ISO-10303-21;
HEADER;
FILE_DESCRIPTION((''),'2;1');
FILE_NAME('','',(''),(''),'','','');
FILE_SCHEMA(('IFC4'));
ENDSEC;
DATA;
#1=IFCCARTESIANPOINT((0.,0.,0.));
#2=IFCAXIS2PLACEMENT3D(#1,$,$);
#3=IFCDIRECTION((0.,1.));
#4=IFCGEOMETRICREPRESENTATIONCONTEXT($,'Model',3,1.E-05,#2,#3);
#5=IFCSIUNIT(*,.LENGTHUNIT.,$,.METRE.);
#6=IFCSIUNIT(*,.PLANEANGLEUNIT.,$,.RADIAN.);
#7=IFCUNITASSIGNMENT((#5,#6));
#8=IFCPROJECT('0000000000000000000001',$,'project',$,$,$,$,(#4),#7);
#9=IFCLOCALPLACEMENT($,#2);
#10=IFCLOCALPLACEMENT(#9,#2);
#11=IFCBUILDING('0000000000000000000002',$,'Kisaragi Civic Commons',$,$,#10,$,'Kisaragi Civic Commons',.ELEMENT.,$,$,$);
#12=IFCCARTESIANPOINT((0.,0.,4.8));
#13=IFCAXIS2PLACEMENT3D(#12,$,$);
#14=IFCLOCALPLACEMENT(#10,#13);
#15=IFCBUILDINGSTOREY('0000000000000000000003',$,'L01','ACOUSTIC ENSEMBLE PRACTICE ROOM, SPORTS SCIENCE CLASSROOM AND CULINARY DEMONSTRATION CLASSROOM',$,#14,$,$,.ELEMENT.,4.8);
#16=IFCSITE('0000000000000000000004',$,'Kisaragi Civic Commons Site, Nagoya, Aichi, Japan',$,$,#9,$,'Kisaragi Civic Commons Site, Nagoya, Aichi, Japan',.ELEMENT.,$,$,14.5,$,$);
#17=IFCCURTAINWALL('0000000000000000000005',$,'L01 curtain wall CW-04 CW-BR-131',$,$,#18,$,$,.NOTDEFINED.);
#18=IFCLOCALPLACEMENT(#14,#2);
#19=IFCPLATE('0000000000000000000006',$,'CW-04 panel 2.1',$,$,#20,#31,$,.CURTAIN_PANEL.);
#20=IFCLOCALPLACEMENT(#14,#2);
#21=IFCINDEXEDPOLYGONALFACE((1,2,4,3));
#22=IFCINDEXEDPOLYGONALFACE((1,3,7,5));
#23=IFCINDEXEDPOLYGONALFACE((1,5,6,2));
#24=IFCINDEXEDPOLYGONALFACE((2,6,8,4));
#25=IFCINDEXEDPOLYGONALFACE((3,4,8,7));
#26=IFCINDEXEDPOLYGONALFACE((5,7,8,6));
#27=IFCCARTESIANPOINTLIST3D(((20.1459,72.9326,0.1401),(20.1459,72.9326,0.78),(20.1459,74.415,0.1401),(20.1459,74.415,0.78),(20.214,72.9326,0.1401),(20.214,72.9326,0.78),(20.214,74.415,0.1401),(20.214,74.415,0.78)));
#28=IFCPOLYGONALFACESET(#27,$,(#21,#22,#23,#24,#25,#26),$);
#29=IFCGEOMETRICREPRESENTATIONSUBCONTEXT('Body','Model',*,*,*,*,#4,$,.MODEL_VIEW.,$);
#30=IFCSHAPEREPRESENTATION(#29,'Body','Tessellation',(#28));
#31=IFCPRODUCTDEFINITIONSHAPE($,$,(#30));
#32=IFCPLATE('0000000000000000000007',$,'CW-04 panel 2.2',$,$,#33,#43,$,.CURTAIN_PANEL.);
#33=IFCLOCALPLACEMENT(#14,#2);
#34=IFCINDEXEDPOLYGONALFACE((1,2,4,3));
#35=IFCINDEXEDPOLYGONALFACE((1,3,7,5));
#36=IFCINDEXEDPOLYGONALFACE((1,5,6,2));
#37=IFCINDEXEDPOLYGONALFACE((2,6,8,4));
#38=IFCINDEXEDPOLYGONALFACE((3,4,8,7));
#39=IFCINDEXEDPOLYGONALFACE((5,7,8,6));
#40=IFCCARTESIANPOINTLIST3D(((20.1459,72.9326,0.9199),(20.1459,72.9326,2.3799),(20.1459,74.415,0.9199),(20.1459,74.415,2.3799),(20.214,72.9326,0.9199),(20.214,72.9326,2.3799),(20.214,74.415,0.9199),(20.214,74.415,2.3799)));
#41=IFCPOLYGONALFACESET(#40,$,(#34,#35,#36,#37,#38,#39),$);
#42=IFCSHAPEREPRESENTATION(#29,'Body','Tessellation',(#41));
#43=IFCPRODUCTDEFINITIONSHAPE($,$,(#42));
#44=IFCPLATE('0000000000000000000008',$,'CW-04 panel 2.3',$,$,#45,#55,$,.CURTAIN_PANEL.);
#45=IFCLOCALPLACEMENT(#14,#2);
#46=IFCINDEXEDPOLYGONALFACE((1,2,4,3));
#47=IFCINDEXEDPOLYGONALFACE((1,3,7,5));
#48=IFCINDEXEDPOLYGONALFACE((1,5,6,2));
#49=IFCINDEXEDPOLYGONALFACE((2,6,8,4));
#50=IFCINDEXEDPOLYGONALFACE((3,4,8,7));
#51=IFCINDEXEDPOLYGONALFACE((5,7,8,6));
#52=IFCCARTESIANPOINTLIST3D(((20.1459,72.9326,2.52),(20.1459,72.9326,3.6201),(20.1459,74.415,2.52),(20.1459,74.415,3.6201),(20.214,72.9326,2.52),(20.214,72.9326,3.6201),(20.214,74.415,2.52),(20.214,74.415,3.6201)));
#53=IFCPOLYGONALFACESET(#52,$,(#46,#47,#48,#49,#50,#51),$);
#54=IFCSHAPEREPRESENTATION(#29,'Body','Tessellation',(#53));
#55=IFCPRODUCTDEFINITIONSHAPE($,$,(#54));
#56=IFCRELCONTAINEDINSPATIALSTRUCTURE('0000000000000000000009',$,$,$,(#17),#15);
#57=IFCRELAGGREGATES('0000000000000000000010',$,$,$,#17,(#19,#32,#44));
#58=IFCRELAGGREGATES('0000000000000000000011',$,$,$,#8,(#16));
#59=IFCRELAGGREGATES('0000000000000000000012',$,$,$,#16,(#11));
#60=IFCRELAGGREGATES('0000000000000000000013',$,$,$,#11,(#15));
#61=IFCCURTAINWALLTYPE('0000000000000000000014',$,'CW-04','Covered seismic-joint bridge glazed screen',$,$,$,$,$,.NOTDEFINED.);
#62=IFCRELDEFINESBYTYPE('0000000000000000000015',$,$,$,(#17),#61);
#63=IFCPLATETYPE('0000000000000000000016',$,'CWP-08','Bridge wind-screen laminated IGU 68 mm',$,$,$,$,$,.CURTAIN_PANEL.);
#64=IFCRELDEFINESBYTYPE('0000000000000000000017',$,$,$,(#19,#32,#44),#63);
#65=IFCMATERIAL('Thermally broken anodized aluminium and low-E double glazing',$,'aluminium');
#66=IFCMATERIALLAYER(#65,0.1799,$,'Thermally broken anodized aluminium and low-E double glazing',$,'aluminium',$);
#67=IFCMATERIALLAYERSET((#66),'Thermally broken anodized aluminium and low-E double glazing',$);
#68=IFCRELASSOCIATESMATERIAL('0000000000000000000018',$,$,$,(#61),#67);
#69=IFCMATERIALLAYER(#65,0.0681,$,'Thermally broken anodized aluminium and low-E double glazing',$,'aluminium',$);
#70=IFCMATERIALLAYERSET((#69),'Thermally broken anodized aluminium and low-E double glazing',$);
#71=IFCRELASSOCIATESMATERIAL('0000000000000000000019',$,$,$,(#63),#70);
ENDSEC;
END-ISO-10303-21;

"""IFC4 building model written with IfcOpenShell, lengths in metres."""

from ifc_helpers import new_model, si_unit, direction, frame, origin, origin_2d, place, context, subcontext, project, spatial, rectangle, extrude, material, layer, layer_set, type_object, element, aggregate, save


model = new_model("IFC4")

# Units and contexts
model_context = context("Model", 3, precision=1e-05, world=origin(), true_north=direction((0.0, 1.0)))
body_context = subcontext(model_context, "Body", "Model", "MODEL_VIEW")
ifc_project = project(units=[si_unit("LENGTHUNIT", "METRE"), si_unit("PLANEANGLEUNIT", "RADIAN")], contexts=[model_context])

# Site, building, storey
site_placement = place(None, origin())
site = spatial("IfcSite", under=ifc_project, at=site_placement, Name="Kisaragi Civic Commons Site, Nagoya, Aichi, Japan", LongName="Kisaragi Civic Commons Site, Nagoya, Aichi, Japan", CompositionType="ELEMENT", RefElevation=14.5)
building_placement = place(site_placement, origin())
building = spatial("IfcBuilding", under=site, at=building_placement, Name="Kisaragi Civic Commons", LongName="Kisaragi Civic Commons", CompositionType="ELEMENT")
storey_placement = place(building_placement, frame((0.0, 0.0, 4.8)))
storey = spatial("IfcBuildingStorey", under=building, at=storey_placement, Name="L01", Description="ACOUSTIC ENSEMBLE PRACTICE ROOM, SPORTS SCIENCE CLASSROOM AND CULINARY DEMONSTRATION CLASSROOM", CompositionType="ELEMENT", Elevation=4.8)

# Curtain wall
ifc_material_1 = material(Name="Thermally broken anodized aluminium and low-E double glazing", Category="aluminium")
ifc_layer_1 = layer(ifc_material_1, 0.1799, Name="Thermally broken anodized aluminium and low-E double glazing", Category="aluminium")
ifc_layer_set_1 = layer_set([ifc_layer_1], Name="Thermally broken anodized aluminium and low-E double glazing")
curtain_wall_type = type_object("IfcCurtainWallType", Name="CW-04", Description="Covered seismic-joint bridge glazed screen", PredefinedType="NOTDEFINED", material=ifc_layer_set_1)
curtain_wall_1_placement = place(storey_placement, origin())
curtain_wall_1 = element("IfcCurtainWall", 1, at=curtain_wall_1_placement, inside=storey, type_object=curtain_wall_type, Name="L01 curtain wall CW-04 CW-BR-131", PredefinedType="NOTDEFINED")

# Plates
ifc_layer_2 = layer(ifc_material_1, 0.0681, Name="Thermally broken anodized aluminium and low-E double glazing", Category="aluminium")
ifc_layer_set_2 = layer_set([ifc_layer_2], Name="Thermally broken anodized aluminium and low-E double glazing")
plate_type = type_object("IfcPlateType", Name="CWP-08", Description="Bridge wind-screen laminated IGU 68 mm", PredefinedType="CURTAIN_PANEL", material=ifc_layer_set_2)
plate_1_placement = place(storey_placement, frame((20.1799, 73.6738, 0.1401), z_axis=(0.0, 0.0, 1.0), x_axis=(0.0, 1.0, 0.0)))
plate_1 = element("IfcPlate", 2, at=plate_1_placement, type_object=plate_type, Name="CW-04 panel 2.1", PredefinedType="CURTAIN_PANEL", context=body_context, shape_type="SweptSolid", body=[
    extrude(rectangle(XDim=1.4824, YDim=0.0681, at=origin_2d()), origin(), (0.0, 0.0, 1.0), 0.6399),
])
plate_2_placement = place(storey_placement, frame((20.1799, 73.6738, 0.9199), z_axis=(0.0, 0.0, 1.0), x_axis=(0.0, 1.0, 0.0)))
plate_2 = element("IfcPlate", 3, at=plate_2_placement, type_object=plate_type, Name="CW-04 panel 2.2", PredefinedType="CURTAIN_PANEL", context=body_context, shape_type="SweptSolid", body=[
    extrude(rectangle(XDim=1.4824, YDim=0.0681, at=origin_2d()), origin(), (0.0, 0.0, 1.0), 1.46),
])
plate_3_placement = place(storey_placement, frame((20.1799, 73.6738, 2.52), z_axis=(0.0, 0.0, 1.0), x_axis=(0.0, 1.0, 0.0)))
plate_3 = element("IfcPlate", 4, at=plate_3_placement, type_object=plate_type, Name="CW-04 panel 2.3", PredefinedType="CURTAIN_PANEL", context=body_context, shape_type="SweptSolid", body=[
    extrude(rectangle(XDim=1.4824, YDim=0.0681, at=origin_2d()), origin(), (0.0, 0.0, 1.0), 1.1001),
])
aggregate(curtain_wall_1, [plate_1, plate_2, plate_3])

save(model, "model.ifc")
